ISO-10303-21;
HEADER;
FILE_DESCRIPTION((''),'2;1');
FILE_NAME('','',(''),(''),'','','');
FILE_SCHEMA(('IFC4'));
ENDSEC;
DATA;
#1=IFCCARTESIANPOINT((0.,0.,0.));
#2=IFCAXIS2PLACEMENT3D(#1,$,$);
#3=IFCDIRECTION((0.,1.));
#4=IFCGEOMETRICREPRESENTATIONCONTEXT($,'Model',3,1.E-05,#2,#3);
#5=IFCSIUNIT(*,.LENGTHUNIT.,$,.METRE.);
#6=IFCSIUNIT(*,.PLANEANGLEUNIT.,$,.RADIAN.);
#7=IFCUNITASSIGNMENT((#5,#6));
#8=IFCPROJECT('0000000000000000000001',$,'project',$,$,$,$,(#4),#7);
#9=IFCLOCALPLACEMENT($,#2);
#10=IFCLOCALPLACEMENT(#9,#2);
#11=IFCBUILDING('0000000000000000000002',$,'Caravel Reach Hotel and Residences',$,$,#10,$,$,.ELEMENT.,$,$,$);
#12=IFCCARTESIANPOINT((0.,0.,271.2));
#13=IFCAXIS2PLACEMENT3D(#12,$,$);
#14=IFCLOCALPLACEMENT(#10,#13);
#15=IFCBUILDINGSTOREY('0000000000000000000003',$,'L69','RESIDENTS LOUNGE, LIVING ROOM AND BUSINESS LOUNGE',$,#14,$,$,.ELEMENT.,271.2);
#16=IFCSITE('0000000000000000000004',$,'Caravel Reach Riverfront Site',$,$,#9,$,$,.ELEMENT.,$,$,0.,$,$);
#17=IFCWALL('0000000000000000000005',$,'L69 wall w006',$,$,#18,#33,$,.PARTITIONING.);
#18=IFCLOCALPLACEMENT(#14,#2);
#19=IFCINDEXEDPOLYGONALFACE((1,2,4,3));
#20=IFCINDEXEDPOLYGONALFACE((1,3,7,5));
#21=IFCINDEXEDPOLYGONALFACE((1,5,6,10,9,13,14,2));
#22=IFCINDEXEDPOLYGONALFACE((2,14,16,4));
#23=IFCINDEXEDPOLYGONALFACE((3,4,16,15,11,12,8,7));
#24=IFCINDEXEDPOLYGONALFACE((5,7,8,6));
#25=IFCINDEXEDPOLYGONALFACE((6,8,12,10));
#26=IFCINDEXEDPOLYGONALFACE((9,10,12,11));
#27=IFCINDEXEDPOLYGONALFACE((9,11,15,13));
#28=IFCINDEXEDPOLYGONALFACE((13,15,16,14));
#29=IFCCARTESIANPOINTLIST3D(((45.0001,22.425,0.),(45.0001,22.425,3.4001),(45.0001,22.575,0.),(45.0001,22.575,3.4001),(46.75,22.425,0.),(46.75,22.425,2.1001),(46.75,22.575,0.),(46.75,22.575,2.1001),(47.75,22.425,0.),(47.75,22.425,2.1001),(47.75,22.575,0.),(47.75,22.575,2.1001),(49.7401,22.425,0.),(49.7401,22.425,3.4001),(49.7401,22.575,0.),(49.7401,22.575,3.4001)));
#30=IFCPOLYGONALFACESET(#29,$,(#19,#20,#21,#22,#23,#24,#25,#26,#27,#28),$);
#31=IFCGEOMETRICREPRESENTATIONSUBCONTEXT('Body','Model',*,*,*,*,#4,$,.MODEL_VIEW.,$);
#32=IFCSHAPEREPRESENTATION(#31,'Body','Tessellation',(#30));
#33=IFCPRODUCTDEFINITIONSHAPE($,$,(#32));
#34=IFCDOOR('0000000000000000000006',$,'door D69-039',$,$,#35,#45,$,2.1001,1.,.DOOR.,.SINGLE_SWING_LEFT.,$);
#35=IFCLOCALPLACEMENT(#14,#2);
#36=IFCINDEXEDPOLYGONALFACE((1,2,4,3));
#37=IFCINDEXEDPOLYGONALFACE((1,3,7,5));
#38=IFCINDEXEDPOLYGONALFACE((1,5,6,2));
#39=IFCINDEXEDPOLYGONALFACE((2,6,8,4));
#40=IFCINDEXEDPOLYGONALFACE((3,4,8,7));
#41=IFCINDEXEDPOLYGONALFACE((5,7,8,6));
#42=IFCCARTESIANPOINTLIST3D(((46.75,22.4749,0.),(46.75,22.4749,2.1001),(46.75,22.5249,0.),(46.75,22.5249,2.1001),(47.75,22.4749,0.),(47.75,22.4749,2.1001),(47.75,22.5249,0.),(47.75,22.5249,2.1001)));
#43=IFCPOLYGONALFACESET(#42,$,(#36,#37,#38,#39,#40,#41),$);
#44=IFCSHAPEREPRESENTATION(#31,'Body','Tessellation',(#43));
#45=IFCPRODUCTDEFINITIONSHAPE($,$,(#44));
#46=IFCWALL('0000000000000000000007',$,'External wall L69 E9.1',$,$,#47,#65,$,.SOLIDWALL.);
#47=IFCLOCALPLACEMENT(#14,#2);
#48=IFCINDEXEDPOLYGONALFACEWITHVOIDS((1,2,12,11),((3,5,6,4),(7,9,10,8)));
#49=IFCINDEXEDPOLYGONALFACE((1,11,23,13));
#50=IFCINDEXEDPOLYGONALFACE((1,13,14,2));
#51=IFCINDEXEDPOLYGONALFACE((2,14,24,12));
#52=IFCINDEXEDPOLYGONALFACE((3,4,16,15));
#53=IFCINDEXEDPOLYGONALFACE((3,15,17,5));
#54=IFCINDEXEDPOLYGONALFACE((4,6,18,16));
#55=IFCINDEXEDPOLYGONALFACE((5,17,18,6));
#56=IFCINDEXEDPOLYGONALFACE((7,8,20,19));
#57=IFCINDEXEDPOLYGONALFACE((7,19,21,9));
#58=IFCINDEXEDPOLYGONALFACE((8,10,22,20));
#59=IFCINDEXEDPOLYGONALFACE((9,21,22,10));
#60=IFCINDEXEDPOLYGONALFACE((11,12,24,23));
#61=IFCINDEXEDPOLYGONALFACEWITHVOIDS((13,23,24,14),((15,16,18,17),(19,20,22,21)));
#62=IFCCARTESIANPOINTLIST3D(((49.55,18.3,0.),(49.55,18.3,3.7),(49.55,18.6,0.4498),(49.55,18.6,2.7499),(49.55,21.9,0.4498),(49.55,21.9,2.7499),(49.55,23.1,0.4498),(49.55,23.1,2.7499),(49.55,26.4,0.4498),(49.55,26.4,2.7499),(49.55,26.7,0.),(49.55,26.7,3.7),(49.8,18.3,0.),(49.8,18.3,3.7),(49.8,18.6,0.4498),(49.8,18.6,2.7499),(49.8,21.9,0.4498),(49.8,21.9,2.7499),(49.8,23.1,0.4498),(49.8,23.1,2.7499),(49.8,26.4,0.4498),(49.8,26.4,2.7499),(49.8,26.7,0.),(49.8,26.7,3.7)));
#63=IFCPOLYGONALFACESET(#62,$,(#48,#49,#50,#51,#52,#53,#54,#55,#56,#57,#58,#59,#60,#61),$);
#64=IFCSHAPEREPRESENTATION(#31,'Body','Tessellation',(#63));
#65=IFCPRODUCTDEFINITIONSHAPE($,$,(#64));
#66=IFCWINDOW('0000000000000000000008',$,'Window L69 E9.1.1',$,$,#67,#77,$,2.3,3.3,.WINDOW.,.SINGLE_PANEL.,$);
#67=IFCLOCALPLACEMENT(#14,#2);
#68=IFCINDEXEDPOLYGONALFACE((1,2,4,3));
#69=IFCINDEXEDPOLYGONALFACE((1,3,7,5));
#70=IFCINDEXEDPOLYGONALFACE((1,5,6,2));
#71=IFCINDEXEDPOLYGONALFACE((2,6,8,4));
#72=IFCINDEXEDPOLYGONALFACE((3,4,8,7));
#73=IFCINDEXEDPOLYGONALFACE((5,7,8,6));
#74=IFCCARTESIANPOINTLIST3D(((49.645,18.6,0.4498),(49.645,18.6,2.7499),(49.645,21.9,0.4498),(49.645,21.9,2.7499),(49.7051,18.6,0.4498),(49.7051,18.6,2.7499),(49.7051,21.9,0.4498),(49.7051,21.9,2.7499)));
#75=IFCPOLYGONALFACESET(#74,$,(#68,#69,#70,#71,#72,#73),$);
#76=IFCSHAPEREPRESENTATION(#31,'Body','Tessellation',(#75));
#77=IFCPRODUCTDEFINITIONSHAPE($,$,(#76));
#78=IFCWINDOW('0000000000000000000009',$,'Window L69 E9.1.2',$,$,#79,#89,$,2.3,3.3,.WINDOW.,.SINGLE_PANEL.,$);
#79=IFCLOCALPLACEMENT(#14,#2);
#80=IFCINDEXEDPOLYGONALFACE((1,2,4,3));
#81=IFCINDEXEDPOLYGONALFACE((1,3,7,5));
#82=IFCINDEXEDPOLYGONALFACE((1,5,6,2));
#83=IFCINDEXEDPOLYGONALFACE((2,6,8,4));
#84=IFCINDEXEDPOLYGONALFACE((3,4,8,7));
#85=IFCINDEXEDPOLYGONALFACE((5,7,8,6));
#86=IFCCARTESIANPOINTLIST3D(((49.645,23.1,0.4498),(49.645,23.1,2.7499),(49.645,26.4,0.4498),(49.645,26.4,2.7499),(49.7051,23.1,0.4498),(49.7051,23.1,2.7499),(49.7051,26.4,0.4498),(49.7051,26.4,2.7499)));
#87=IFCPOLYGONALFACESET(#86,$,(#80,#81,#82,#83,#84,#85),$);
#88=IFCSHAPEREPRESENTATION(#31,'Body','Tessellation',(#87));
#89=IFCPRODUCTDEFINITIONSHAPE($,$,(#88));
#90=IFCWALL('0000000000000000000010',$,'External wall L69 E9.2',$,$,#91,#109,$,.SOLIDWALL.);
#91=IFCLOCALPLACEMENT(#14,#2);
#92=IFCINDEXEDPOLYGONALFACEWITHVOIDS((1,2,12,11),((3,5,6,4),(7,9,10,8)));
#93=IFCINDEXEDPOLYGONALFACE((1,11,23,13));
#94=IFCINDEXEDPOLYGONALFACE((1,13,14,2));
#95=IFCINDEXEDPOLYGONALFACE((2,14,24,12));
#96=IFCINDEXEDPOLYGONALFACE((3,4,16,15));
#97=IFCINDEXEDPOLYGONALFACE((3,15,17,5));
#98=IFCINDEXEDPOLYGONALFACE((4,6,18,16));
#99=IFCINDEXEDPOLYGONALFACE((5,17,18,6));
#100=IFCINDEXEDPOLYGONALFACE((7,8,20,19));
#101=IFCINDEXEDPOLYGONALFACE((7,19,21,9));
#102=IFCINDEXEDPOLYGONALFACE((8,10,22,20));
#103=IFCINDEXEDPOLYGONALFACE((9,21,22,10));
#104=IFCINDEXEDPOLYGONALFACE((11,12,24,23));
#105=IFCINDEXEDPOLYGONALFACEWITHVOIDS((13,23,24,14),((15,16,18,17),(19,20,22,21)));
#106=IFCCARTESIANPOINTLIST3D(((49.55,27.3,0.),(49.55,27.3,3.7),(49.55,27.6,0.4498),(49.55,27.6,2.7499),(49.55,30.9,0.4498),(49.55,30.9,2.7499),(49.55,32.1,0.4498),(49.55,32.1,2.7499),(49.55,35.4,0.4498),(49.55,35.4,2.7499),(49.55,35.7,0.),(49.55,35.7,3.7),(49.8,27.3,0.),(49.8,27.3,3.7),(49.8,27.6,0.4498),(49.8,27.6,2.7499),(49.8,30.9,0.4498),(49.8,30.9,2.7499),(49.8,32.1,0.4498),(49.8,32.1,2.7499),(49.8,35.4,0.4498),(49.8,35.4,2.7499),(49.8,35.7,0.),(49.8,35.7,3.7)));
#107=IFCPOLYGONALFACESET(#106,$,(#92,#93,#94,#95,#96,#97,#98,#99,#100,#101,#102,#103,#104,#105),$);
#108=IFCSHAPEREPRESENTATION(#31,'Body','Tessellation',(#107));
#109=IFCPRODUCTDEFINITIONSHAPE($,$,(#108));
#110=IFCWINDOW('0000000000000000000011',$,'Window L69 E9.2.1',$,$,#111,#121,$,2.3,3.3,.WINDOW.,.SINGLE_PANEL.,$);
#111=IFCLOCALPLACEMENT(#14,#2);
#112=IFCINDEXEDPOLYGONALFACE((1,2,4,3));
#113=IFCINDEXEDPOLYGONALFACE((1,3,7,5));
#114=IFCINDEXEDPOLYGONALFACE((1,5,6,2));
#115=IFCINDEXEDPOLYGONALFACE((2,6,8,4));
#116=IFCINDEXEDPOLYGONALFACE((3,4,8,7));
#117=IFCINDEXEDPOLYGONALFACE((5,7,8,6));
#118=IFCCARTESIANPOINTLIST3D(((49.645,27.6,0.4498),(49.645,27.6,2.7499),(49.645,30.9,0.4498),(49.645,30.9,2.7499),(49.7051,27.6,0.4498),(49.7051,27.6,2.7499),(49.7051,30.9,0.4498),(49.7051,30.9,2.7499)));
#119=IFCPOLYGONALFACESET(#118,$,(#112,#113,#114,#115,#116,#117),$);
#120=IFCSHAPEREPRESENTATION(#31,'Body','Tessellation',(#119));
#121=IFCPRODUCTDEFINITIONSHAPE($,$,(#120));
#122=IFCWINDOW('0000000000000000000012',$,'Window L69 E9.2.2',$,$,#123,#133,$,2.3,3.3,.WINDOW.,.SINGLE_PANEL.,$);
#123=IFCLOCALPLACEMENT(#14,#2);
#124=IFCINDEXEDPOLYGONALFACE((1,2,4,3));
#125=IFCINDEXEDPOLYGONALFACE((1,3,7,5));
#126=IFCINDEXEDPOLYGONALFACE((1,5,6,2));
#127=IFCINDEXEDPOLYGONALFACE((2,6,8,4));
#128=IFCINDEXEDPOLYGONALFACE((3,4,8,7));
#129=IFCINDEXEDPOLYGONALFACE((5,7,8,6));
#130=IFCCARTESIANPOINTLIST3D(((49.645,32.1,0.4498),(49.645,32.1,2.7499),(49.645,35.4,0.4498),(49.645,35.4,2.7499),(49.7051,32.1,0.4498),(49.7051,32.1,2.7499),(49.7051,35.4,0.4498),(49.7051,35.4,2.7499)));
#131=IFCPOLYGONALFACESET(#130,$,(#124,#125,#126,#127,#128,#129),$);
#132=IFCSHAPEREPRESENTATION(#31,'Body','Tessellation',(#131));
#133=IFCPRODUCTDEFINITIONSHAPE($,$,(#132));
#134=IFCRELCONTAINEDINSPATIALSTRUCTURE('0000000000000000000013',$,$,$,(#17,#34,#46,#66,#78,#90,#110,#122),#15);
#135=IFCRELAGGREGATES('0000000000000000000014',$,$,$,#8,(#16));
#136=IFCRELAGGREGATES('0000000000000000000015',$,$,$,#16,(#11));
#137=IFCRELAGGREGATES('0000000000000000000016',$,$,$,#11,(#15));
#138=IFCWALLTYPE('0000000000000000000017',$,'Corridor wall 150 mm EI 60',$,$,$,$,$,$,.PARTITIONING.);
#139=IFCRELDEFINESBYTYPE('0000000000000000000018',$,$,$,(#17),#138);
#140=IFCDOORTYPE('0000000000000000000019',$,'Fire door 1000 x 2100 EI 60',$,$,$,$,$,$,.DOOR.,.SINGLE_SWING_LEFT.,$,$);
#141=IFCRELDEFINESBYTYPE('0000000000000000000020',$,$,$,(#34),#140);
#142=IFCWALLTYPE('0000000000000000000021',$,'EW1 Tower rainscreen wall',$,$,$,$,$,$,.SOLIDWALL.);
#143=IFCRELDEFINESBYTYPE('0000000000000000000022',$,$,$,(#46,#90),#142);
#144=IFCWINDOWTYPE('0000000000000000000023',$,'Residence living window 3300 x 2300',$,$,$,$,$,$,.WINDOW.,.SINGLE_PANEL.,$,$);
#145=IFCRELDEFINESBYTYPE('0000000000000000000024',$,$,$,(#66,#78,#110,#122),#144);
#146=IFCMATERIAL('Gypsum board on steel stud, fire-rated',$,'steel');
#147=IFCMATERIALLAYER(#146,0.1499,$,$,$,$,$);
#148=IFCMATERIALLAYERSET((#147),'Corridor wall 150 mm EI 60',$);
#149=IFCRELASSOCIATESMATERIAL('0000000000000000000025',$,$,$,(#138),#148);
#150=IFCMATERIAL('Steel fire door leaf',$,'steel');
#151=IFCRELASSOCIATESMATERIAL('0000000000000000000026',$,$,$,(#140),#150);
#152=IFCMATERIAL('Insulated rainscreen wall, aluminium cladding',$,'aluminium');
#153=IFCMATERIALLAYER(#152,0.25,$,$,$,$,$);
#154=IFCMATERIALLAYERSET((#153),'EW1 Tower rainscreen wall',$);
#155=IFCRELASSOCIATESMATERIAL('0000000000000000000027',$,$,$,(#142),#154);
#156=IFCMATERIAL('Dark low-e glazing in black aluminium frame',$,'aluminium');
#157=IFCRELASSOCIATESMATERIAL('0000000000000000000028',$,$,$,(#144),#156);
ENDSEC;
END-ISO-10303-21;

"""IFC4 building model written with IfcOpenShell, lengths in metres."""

from ifc_helpers import new_model, si_unit, direction, frame, frame_2d, origin, place, context, subcontext, project, spatial, rectangle, extrude, material, layer, layer_set, type_object, element, fill, save


model = new_model("IFC4")

# Units and contexts
model_context = context("Model", 3, precision=1e-05, world=origin(), true_north=direction((0.0, 1.0)))
body_context = subcontext(model_context, "Body", "Model", "MODEL_VIEW")
ifc_project = project(units=[si_unit("LENGTHUNIT", "METRE"), si_unit("PLANEANGLEUNIT", "RADIAN")], contexts=[model_context])

# Site, building, storey
site_placement = place(None, origin())
site = spatial("IfcSite", under=ifc_project, at=site_placement, Name="Caravel Reach Riverfront Site", CompositionType="ELEMENT", RefElevation=0.0)
building_placement = place(site_placement, origin())
building = spatial("IfcBuilding", under=site, at=building_placement, Name="Caravel Reach Hotel and Residences", CompositionType="ELEMENT")
storey_placement = place(building_placement, frame((0.0, 0.0, 271.2)))
storey = spatial("IfcBuildingStorey", under=building, at=storey_placement, Name="L69", Description="RESIDENTS LOUNGE, LIVING ROOM AND BUSINESS LOUNGE", CompositionType="ELEMENT", Elevation=271.2)

# Wall, opening, door
ifc_material_1 = material(Name="Gypsum board on steel stud, fire-rated", Category="steel")
ifc_layer_1 = layer(ifc_material_1, 0.1499)
ifc_layer_set_1 = layer_set([ifc_layer_1], Name="Corridor wall 150 mm EI 60")
wall_type_1 = type_object("IfcWallType", Name="Corridor wall 150 mm EI 60", PredefinedType="PARTITIONING", material=ifc_layer_set_1)
wall_1_placement = place(storey_placement, frame((45.0, 22.5, 0.0), z_axis=(0.0, 0.0, 1.0), x_axis=(1.0, 0.0, 0.0)))
wall_1 = element("IfcWall", 1, at=wall_1_placement, inside=storey, type_object=wall_type_1, Name="L69 wall w006", PredefinedType="PARTITIONING", context=body_context, shape_type="SweptSolid", body=[
    extrude(rectangle(XDim=4.74, YDim=0.1499, at=frame_2d((2.3701, 0.0))), origin(), (0.0, 0.0, 1.0), 3.4001),
])
opening_1_placement = place(wall_1_placement, frame((1.75, 0.0, 0.0)))
opening_1 = element("IfcOpeningElement", 2, at=opening_1_placement, cuts=wall_1, PredefinedType="OPENING", context=body_context, shape_type="SweptSolid", body=[
    extrude(rectangle(XDim=1.0, YDim=2.1001, at=frame_2d((0.5, 1.05))), frame((0.0, 0.085, 0.0), z_axis=(0.0, -1.0, 0.0), x_axis=(1.0, 0.0, 0.0)), (0.0, 0.0, 1.0), 0.1699),
])
ifc_material_2 = material(Name="Steel fire door leaf", Category="steel")
door_type = type_object("IfcDoorType", Name="Fire door 1000 x 2100 EI 60", OperationType="SINGLE_SWING_LEFT", PredefinedType="DOOR", material=ifc_material_2)
door_placement = place(opening_1_placement, origin())
door = element("IfcDoor", 3, at=door_placement, inside=storey, type_object=door_type, Name="door D69-039", OperationType="SINGLE_SWING_LEFT", OverallHeight=2.1001, OverallWidth=1.0, PredefinedType="DOOR", context=body_context, shape_type="SweptSolid", body=[
    extrude(rectangle(XDim=1.0, YDim=2.1001, at=frame_2d((0.5, 1.05))), frame((0.0, 0.0249, 0.0), z_axis=(0.0, -1.0, 0.0), x_axis=(1.0, 0.0, 0.0)), (0.0, 0.0, 1.0), 0.05),
])
fill(opening_1, door)

# Walls, openings, windows
ifc_material_3 = material(Name="Insulated rainscreen wall, aluminium cladding", Category="aluminium")
ifc_layer_2 = layer(ifc_material_3, 0.25)
ifc_layer_set_2 = layer_set([ifc_layer_2], Name="EW1 Tower rainscreen wall")
wall_type_2 = type_object("IfcWallType", Name="EW1 Tower rainscreen wall", PredefinedType="SOLIDWALL", material=ifc_layer_set_2)
wall_2_placement = place(storey_placement, frame((49.675, 18.3, 0.0), z_axis=(0.0, 0.0, 1.0), x_axis=(0.0, 1.0, 0.0)))
wall_2 = element("IfcWall", 4, at=wall_2_placement, inside=storey, type_object=wall_type_2, Name="External wall L69 E9.1", PredefinedType="SOLIDWALL", context=body_context, shape_type="SweptSolid", body=[
    extrude(rectangle(XDim=8.3999, YDim=0.25, at=frame_2d((4.2, 0.0))), origin(), (0.0, 0.0, 1.0), 3.7),
])
opening_2_placement = place(wall_2_placement, frame((0.3, 0.0, 0.45)))
opening_2 = element("IfcOpeningElement", 5, at=opening_2_placement, cuts=wall_2, PredefinedType="OPENING", context=body_context, shape_type="SweptSolid", body=[
    extrude(rectangle(XDim=3.3, YDim=2.3, at=frame_2d((1.6499, 1.1499))), frame((0.0, 0.135, 0.0), z_axis=(0.0, -1.0, 0.0), x_axis=(1.0, 0.0, 0.0)), (0.0, 0.0, 1.0), 0.27),
])
opening_3_placement = place(wall_2_placement, frame((4.8, 0.0, 0.45)))
opening_3 = element("IfcOpeningElement", 6, at=opening_3_placement, cuts=wall_2, PredefinedType="OPENING", context=body_context, shape_type="SweptSolid", body=[
    extrude(rectangle(XDim=3.3, YDim=2.3, at=frame_2d((1.6499, 1.1499))), frame((0.0, 0.135, 0.0), z_axis=(0.0, -1.0, 0.0), x_axis=(1.0, 0.0, 0.0)), (0.0, 0.0, 1.0), 0.27),
])
ifc_material_4 = material(Name="Dark low-e glazing in black aluminium frame", Category="aluminium")
window_type = type_object("IfcWindowType", Name="Residence living window 3300 x 2300", PartitioningType="SINGLE_PANEL", PredefinedType="WINDOW", material=ifc_material_4)
window_1_placement = place(opening_2_placement, origin())
window_1 = element("IfcWindow", 7, at=window_1_placement, inside=storey, type_object=window_type, Name="Window L69 E9.1.1", OverallHeight=2.3, OverallWidth=3.3, PartitioningType="SINGLE_PANEL", PredefinedType="WINDOW", context=body_context, shape_type="SweptSolid", body=[
    extrude(rectangle(XDim=3.3, YDim=2.3, at=frame_2d((1.6499, 1.1499))), frame((0.0, 0.03, 0.0), z_axis=(0.0, -1.0, 0.0), x_axis=(1.0, 0.0, 0.0)), (0.0, 0.0, 1.0), 0.0601),
])
fill(opening_2, window_1)
window_2_placement = place(opening_3_placement, origin())
window_2 = element("IfcWindow", 8, at=window_2_placement, inside=storey, type_object=window_type, Name="Window L69 E9.1.2", OverallHeight=2.3, OverallWidth=3.3, PartitioningType="SINGLE_PANEL", PredefinedType="WINDOW", context=body_context, shape_type="SweptSolid", body=[
    extrude(rectangle(XDim=3.3, YDim=2.3, at=frame_2d((1.6499, 1.1499))), frame((0.0, 0.03, 0.0), z_axis=(0.0, -1.0, 0.0), x_axis=(1.0, 0.0, 0.0)), (0.0, 0.0, 1.0), 0.0601),
])
fill(opening_3, window_2)
wall_3_placement = place(storey_placement, frame((49.675, 27.3, 0.0), z_axis=(0.0, 0.0, 1.0), x_axis=(0.0, 1.0, 0.0)))
wall_3 = element("IfcWall", 9, at=wall_3_placement, inside=storey, type_object=wall_type_2, Name="External wall L69 E9.2", PredefinedType="SOLIDWALL", context=body_context, shape_type="SweptSolid", body=[
    extrude(rectangle(XDim=8.3999, YDim=0.25, at=frame_2d((4.2, 0.0))), origin(), (0.0, 0.0, 1.0), 3.7),
])
opening_4_placement = place(wall_3_placement, frame((0.3, 0.0, 0.45)))
opening_4 = element("IfcOpeningElement", 10, at=opening_4_placement, cuts=wall_3, PredefinedType="OPENING", context=body_context, shape_type="SweptSolid", body=[
    extrude(rectangle(XDim=3.3, YDim=2.3, at=frame_2d((1.6499, 1.1499))), frame((0.0, 0.135, 0.0), z_axis=(0.0, -1.0, 0.0), x_axis=(1.0, 0.0, 0.0)), (0.0, 0.0, 1.0), 0.27),
])
opening_5_placement = place(wall_3_placement, frame((4.8, 0.0, 0.45)))
opening_5 = element("IfcOpeningElement", 11, at=opening_5_placement, cuts=wall_3, PredefinedType="OPENING", context=body_context, shape_type="SweptSolid", body=[
    extrude(rectangle(XDim=3.3, YDim=2.3, at=frame_2d((1.6499, 1.1499))), frame((0.0, 0.135, 0.0), z_axis=(0.0, -1.0, 0.0), x_axis=(1.0, 0.0, 0.0)), (0.0, 0.0, 1.0), 0.27),
])
window_3_placement = place(opening_4_placement, origin())
window_3 = element("IfcWindow", 12, at=window_3_placement, inside=storey, type_object=window_type, Name="Window L69 E9.2.1", OverallHeight=2.3, OverallWidth=3.3, PartitioningType="SINGLE_PANEL", PredefinedType="WINDOW", context=body_context, shape_type="SweptSolid", body=[
    extrude(rectangle(XDim=3.3, YDim=2.3, at=frame_2d((1.6499, 1.1499))), frame((0.0, 0.03, 0.0), z_axis=(0.0, -1.0, 0.0), x_axis=(1.0, 0.0, 0.0)), (0.0, 0.0, 1.0), 0.0601),
])
fill(opening_4, window_3)
window_4_placement = place(opening_5_placement, origin())
window_4 = element("IfcWindow", 13, at=window_4_placement, inside=storey, type_object=window_type, Name="Window L69 E9.2.2", OverallHeight=2.3, OverallWidth=3.3, PartitioningType="SINGLE_PANEL", PredefinedType="WINDOW", context=body_context, shape_type="SweptSolid", body=[
    extrude(rectangle(XDim=3.3, YDim=2.3, at=frame_2d((1.6499, 1.1499))), frame((0.0, 0.03, 0.0), z_axis=(0.0, -1.0, 0.0), x_axis=(1.0, 0.0, 0.0)), (0.0, 0.0, 1.0), 0.0601),
])
fill(opening_5, window_4)

save(model, "model.ifc")
